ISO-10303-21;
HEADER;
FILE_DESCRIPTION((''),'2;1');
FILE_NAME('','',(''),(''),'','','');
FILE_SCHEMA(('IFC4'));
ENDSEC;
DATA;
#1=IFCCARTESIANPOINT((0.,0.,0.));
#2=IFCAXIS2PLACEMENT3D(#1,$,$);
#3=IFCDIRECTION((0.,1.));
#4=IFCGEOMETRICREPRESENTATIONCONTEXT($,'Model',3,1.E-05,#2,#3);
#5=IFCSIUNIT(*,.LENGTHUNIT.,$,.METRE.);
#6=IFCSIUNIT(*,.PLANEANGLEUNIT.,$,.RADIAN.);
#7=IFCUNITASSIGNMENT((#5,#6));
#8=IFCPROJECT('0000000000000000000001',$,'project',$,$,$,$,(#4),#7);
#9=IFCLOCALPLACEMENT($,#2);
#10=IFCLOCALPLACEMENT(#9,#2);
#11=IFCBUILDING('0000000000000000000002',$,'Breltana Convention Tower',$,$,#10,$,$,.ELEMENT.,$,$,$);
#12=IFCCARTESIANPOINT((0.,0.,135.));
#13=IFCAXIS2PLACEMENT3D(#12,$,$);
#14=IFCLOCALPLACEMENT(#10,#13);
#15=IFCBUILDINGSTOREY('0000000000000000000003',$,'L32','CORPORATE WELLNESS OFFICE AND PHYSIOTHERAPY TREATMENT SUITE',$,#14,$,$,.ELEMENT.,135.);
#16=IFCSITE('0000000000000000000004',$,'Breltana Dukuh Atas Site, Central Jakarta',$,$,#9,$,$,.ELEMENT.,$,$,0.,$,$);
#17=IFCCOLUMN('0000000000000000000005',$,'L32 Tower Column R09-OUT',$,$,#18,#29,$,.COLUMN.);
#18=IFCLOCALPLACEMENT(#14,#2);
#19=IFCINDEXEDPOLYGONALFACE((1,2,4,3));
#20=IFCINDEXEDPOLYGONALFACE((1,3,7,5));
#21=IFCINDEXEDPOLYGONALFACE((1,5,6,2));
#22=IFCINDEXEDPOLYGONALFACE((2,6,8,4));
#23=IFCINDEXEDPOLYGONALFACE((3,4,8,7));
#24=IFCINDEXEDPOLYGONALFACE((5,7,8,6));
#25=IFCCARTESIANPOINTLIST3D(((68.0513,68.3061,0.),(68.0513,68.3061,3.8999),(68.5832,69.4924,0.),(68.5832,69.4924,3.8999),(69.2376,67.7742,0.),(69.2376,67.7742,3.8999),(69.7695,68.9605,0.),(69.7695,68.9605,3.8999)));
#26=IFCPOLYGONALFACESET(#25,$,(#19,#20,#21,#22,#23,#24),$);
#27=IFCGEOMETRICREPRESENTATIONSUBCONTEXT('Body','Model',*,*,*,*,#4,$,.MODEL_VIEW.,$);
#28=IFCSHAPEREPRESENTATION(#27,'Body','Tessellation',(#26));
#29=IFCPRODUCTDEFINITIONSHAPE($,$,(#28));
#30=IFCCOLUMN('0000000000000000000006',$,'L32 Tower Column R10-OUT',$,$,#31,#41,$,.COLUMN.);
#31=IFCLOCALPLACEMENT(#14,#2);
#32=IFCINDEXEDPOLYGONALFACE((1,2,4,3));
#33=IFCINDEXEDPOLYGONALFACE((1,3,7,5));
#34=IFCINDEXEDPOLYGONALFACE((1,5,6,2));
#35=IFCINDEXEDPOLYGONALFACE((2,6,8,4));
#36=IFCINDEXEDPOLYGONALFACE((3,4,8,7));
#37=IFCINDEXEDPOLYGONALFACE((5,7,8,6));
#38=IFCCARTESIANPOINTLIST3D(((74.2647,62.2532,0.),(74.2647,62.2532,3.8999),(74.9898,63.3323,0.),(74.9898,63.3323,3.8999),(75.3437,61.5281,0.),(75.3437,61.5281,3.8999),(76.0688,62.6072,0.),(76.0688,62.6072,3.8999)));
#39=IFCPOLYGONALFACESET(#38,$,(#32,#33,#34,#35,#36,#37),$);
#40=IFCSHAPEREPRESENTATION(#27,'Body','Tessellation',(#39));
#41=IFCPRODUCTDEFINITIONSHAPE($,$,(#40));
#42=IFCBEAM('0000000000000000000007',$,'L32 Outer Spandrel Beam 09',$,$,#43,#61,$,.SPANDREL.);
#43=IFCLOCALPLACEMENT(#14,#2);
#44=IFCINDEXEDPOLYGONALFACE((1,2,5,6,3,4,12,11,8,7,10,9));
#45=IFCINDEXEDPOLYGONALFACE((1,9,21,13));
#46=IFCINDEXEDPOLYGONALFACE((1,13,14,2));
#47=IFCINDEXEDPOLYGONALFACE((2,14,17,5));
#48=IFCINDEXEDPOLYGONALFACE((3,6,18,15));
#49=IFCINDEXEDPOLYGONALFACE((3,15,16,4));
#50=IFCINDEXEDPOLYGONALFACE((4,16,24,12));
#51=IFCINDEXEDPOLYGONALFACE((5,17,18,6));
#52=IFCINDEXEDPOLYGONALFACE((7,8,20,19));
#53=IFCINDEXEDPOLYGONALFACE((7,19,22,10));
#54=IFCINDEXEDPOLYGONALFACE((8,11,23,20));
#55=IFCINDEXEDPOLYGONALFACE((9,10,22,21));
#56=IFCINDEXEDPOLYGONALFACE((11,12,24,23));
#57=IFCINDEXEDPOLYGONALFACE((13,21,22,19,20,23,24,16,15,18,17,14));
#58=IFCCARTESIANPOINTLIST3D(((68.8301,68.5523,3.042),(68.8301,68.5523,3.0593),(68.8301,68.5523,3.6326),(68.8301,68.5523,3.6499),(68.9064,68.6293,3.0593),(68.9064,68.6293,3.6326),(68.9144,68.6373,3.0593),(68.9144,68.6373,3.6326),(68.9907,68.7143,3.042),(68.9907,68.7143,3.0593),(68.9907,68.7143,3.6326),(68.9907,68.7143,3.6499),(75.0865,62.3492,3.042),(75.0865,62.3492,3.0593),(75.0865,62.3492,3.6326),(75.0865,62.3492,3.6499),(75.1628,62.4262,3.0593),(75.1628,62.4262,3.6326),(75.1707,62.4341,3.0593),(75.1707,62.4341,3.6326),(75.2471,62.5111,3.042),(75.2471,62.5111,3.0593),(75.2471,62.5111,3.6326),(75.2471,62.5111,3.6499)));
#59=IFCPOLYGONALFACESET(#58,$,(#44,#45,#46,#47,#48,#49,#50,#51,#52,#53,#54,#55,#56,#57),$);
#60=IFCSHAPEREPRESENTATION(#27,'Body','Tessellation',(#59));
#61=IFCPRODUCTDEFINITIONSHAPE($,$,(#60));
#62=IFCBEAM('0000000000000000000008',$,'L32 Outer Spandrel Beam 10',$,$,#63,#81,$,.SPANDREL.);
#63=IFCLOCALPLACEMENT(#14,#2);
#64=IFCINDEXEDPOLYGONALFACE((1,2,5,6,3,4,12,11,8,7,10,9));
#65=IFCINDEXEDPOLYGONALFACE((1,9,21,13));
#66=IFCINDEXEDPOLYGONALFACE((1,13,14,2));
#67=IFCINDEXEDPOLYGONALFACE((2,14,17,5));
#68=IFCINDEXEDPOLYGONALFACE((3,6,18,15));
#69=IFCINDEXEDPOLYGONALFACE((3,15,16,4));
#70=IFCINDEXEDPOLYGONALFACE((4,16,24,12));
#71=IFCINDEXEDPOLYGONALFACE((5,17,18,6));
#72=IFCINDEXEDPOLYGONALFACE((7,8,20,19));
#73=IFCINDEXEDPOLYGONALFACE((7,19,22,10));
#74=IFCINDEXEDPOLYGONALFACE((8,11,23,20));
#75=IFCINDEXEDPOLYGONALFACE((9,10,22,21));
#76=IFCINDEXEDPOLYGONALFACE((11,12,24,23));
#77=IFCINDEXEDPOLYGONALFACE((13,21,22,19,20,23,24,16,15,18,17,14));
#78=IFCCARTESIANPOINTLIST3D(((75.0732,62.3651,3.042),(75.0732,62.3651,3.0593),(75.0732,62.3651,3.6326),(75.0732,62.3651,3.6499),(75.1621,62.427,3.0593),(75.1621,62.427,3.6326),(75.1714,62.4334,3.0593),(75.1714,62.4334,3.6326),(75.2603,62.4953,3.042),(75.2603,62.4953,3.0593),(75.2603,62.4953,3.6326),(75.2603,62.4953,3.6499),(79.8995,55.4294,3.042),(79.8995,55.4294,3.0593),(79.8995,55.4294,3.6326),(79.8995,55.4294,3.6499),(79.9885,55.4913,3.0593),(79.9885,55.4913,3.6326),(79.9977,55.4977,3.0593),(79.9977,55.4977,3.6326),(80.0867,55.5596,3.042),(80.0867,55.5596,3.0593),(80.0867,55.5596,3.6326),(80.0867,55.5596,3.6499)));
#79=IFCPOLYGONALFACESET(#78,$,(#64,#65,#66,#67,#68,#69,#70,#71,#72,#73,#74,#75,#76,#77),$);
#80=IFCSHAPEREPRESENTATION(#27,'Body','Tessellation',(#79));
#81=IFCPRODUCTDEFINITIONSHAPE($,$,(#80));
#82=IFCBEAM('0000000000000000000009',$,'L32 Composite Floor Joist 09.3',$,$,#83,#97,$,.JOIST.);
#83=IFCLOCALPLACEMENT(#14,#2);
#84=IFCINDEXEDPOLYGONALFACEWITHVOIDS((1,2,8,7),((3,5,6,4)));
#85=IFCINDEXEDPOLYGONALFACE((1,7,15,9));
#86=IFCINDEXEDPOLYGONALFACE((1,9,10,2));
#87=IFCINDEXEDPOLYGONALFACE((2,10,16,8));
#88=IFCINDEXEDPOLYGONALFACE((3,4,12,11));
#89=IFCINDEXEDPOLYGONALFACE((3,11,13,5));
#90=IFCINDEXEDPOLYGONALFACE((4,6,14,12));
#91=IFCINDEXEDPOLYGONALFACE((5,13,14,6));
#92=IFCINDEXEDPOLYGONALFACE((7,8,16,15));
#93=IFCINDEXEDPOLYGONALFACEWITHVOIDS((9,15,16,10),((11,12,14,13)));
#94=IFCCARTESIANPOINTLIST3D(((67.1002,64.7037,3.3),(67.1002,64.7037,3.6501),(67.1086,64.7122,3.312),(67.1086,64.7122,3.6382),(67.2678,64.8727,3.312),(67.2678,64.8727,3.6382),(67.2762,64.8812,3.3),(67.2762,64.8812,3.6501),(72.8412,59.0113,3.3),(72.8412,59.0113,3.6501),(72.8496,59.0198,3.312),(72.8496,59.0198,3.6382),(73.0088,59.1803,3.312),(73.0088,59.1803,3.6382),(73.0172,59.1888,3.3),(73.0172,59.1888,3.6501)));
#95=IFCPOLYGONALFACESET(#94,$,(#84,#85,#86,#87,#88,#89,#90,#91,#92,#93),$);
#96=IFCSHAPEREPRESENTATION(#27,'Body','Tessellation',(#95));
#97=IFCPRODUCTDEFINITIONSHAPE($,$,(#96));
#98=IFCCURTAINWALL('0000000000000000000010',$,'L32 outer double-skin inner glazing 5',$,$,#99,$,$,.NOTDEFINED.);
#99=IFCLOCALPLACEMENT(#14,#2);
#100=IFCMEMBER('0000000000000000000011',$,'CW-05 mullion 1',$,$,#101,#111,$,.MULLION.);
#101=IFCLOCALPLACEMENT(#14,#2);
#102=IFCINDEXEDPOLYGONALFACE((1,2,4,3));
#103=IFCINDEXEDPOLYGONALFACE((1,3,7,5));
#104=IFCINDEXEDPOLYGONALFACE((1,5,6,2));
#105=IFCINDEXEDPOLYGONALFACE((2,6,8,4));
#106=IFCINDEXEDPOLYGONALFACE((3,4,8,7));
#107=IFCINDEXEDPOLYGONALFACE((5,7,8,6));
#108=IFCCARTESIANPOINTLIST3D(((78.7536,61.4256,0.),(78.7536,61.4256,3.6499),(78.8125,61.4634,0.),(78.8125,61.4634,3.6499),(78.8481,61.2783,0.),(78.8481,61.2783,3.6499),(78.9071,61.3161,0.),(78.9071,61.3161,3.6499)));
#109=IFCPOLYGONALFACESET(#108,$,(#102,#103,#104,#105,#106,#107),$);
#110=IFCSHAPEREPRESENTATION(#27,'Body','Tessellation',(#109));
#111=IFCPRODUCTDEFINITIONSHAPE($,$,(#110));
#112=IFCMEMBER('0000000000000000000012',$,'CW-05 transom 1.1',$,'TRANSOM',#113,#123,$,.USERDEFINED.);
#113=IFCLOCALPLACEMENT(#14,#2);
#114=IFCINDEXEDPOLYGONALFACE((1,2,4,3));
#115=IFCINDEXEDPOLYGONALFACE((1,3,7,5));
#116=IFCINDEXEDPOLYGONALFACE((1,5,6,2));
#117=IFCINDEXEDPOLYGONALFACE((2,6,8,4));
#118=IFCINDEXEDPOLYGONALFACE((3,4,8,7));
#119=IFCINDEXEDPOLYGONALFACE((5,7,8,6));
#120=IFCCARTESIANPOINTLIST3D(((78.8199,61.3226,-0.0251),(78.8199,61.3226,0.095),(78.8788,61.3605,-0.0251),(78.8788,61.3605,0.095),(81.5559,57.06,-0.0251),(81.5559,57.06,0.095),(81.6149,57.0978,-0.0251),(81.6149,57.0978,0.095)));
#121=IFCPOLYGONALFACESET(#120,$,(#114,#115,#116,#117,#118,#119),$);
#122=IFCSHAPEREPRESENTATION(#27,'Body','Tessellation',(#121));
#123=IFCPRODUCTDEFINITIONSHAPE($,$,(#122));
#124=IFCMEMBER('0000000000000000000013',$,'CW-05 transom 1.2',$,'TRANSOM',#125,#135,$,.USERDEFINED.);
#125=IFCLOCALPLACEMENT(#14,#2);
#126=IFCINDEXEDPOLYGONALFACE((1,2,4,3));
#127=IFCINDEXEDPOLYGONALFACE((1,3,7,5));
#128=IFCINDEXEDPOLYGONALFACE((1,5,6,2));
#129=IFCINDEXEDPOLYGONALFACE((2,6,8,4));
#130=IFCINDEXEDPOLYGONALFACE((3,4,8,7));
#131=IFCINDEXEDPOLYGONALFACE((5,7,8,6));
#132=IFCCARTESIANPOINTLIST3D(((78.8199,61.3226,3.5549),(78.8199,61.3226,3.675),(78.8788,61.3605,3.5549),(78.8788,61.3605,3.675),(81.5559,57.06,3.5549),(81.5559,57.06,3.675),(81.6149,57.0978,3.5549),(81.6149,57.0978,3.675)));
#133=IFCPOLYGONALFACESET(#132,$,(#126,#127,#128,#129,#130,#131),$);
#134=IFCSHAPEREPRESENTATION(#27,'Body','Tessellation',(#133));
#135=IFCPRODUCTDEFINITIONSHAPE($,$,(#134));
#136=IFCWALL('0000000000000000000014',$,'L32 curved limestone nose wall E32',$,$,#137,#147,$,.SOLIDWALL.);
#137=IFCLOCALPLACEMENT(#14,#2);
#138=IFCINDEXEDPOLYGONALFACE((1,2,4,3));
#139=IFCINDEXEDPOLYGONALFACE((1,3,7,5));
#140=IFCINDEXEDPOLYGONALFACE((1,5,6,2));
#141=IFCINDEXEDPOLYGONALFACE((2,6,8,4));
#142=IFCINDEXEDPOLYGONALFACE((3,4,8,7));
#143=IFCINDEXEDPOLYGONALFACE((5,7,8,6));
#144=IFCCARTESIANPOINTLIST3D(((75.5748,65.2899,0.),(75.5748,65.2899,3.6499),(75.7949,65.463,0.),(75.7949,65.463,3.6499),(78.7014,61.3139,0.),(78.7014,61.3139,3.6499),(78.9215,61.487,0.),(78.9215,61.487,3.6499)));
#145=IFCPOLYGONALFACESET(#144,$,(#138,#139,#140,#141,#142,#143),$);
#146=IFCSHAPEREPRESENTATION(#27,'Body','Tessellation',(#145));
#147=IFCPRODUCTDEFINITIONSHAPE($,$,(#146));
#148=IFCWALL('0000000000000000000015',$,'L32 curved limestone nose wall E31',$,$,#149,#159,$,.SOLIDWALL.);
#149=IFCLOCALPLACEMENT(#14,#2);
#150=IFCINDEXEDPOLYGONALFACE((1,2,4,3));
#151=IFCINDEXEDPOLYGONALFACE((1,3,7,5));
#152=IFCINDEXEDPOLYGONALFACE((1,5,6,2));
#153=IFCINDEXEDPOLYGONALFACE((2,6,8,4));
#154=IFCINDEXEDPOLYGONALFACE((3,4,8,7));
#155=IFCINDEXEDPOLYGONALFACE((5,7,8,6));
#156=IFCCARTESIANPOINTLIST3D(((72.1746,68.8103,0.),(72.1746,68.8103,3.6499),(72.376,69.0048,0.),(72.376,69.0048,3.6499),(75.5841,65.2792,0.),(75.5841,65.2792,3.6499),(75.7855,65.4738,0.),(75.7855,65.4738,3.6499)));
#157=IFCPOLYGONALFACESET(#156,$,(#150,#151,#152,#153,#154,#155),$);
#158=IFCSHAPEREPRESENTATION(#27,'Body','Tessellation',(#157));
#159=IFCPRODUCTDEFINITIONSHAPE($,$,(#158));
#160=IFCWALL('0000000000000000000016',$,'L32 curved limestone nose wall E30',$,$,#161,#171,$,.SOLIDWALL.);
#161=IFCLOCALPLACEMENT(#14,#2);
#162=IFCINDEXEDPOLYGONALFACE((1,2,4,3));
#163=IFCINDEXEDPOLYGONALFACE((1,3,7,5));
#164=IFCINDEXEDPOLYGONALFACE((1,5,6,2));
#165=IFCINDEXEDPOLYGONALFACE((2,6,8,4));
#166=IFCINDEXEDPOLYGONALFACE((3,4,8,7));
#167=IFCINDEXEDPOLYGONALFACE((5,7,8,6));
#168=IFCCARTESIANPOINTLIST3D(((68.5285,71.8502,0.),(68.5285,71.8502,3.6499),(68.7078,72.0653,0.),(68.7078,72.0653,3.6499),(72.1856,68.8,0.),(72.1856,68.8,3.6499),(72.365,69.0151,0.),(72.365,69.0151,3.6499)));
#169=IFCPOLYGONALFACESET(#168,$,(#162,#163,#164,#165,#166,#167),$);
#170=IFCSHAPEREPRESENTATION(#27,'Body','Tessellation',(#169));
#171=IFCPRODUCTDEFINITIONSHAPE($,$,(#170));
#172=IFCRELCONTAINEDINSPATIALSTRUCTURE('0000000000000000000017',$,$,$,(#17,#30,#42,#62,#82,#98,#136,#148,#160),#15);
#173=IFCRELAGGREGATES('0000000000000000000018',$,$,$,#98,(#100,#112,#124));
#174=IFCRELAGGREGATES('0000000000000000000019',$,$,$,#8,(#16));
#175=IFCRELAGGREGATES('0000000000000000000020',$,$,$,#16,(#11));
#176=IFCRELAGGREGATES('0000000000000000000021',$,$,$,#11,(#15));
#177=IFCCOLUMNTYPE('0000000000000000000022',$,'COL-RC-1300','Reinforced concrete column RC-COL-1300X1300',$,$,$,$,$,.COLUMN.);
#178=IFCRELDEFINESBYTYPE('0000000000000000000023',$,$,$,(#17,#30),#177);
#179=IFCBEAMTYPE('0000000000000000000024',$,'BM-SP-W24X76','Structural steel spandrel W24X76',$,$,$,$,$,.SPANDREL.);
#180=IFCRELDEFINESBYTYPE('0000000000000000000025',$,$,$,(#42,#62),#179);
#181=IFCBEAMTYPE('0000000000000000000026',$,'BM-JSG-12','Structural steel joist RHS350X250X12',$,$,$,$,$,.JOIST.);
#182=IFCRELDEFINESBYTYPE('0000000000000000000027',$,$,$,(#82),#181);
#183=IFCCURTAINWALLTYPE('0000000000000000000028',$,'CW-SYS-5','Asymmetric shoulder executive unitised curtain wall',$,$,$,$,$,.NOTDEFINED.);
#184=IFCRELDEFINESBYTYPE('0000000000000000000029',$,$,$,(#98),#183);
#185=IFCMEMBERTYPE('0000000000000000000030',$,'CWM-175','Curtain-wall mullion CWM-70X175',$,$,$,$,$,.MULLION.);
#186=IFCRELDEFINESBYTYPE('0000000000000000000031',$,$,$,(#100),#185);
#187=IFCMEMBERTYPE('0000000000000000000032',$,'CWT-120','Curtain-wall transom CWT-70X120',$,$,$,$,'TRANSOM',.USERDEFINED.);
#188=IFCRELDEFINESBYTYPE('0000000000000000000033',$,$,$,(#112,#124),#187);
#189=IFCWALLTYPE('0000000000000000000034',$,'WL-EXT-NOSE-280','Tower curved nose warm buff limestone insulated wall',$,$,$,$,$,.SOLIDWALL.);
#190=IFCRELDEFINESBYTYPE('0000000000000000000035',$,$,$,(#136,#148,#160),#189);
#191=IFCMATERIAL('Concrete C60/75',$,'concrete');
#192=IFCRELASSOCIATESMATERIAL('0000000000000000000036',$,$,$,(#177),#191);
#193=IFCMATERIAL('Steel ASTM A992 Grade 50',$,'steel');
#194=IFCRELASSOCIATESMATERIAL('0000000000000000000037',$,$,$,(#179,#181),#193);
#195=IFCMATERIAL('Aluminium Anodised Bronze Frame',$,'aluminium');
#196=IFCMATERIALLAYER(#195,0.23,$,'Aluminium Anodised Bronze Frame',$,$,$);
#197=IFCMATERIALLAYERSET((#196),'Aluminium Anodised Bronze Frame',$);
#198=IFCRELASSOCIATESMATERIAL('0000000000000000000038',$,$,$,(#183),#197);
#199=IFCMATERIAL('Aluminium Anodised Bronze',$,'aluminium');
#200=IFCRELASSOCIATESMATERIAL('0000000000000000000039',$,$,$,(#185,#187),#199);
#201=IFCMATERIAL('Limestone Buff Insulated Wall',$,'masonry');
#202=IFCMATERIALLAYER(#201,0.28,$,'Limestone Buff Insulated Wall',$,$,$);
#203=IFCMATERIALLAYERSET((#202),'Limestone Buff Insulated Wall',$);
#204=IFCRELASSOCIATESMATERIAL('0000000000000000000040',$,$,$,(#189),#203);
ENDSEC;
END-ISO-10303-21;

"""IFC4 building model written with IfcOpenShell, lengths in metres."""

from ifc_helpers import new_model, si_unit, direction, frame, frame_2d, origin, origin_2d, place, context, subcontext, project, spatial, rectangle, hollow_rectangle, i_section, extrude, source, transform, mapped, material, layer, layer_set, material_profile, profile_set, type_object, element, aggregate, save


model = new_model("IFC4")

# Units and contexts
model_context = context("Model", 3, precision=1e-05, world=origin(), true_north=direction((0.0, 1.0)))
body_context = subcontext(model_context, "Body", "Model", "MODEL_VIEW")
ifc_project = project(units=[si_unit("LENGTHUNIT", "METRE"), si_unit("PLANEANGLEUNIT", "RADIAN")], contexts=[model_context])

# Site, building, storey
site_placement = place(None, origin())
site = spatial("IfcSite", under=ifc_project, at=site_placement, Name="Breltana Dukuh Atas Site, Central Jakarta", CompositionType="ELEMENT", RefElevation=0.0)
building_placement = place(site_placement, origin())
building = spatial("IfcBuilding", under=site, at=building_placement, Name="Breltana Convention Tower", CompositionType="ELEMENT")
storey_placement = place(building_placement, frame((0.0, 0.0, 135.0)))
storey = spatial("IfcBuildingStorey", under=building, at=storey_placement, Name="L32", Description="CORPORATE WELLNESS OFFICE AND PHYSIOTHERAPY TREATMENT SUITE", CompositionType="ELEMENT", Elevation=135.0)

# Columns
ifc_material_1 = material(Name="Concrete C60/75", Category="concrete")
ifc_material_profile_1 = material_profile(ifc_material_1, rectangle(XDim=1.3, YDim=1.3, at=origin_2d()), Name="RC-COL-1300X1300")
ifc_profile_set_1 = profile_set([ifc_material_profile_1], Name="Concrete C60/75")
column_type = type_object("IfcColumnType", Name="COL-RC-1300", Description="Reinforced concrete column RC-COL-1300X1300", PredefinedType="COLUMN", material=ifc_profile_set_1)
shared_shape_1 = source(origin(), body_context, "Body", "SweptSolid", [
    extrude(rectangle(XDim=1.3, YDim=1.3, at=origin_2d()), origin(), (0.0, 0.0, 1.0), 3.8999),
])
for number, where, z_axis, x_axis, name in (
    (1, (68.9104, 68.6333, 0.0), (0.0, 0.0, 1.0), (0.409127, 0.912477, 0.0), "L32 Tower Column R09-OUT"),
    (2, (75.1667, 62.4302, 0.0), (0.0, 0.0, 1.0), (0.557745, 0.830012, 0.0), "L32 Tower Column R10-OUT"),
):
    element("IfcColumn", number, at=place(storey_placement, frame(where, z_axis=z_axis, x_axis=x_axis)), inside=storey, type_object=column_type, Name=name, PredefinedType="COLUMN", context=body_context, shape_type="MappedRepresentation", body=[
        mapped(shared_shape_1, transform((0.0, 0.0, 0.0), scale=1.0)),
    ])

# Beams
ifc_material_2 = material(Name="Steel ASTM A992 Grade 50", Category="steel")
ifc_material_profile_2 = material_profile(ifc_material_2, i_section(OverallWidth=0.228, OverallDepth=0.6079, WebThickness=0.0112, FlangeThickness=0.0173, at=origin_2d()), Name="W24X76")
ifc_profile_set_2 = profile_set([ifc_material_profile_2], Name="Steel ASTM A992 Grade 50")
beam_type_1 = type_object("IfcBeamType", Name="BM-SP-W24X76", Description="Structural steel spandrel W24X76", PredefinedType="SPANDREL", material=ifc_profile_set_2)
shared_shape_2 = source(origin(), body_context, "Body", "SweptSolid", [
    extrude(i_section(OverallWidth=0.228, OverallDepth=0.6079, WebThickness=0.0112, FlangeThickness=0.0173, at=origin_2d()), origin(), (0.0, 0.0, 1.0), 8.8103),
])
beam_1_placement = place(storey_placement, frame((68.9104, 68.6333, 3.3459), z_axis=(0.710121, -0.70408, 0.0), x_axis=(0.70408, 0.710121, 0.0)))
element("IfcBeam", 3, at=beam_1_placement, inside=storey, type_object=beam_type_1, Name="L32 Outer Spandrel Beam 09", PredefinedType="SPANDREL", context=body_context, shape_type="MappedRepresentation", body=[
    mapped(shared_shape_2, transform((0.0, 0.0, 0.0), scale=1.0)),
])
shared_shape_3 = source(origin(), body_context, "Body", "SweptSolid", [
    extrude(i_section(OverallWidth=0.228, OverallDepth=0.6079, WebThickness=0.0112, FlangeThickness=0.0173, at=origin_2d()), origin(), (0.0, 0.0, 1.0), 8.4497),
])
beam_2_placement = place(storey_placement, frame((75.1667, 62.4302, 3.3459), z_axis=(0.571186, -0.820821, 0.0), x_axis=(0.820821, 0.571186, 0.0)))
element("IfcBeam", 4, at=beam_2_placement, inside=storey, type_object=beam_type_1, Name="L32 Outer Spandrel Beam 10", PredefinedType="SPANDREL", context=body_context, shape_type="MappedRepresentation", body=[
    mapped(shared_shape_3, transform((0.0, 0.0, 0.0), scale=1.0)),
])
ifc_material_profile_3 = material_profile(ifc_material_2, hollow_rectangle(XDim=0.25, YDim=0.3501, WallThickness=0.012, at=origin_2d()), Name="RHS350X250X12")
ifc_profile_set_3 = profile_set([ifc_material_profile_3], Name="Steel ASTM A992 Grade 50")
beam_type_2 = type_object("IfcBeamType", Name="BM-JSG-12", Description="Structural steel joist RHS350X250X12", PredefinedType="JOIST", material=ifc_profile_set_3)
shared_shape_4 = source(origin(), body_context, "Body", "SweptSolid", [
    extrude(hollow_rectangle(XDim=0.25, YDim=0.3501, WallThickness=0.012, at=origin_2d()), origin(), (0.0, 0.0, 1.0), 8.0847),
])
beam_3_placement = place(storey_placement, frame((67.1882, 64.7925, 3.4751), z_axis=(0.710105, -0.704096, 0.0), x_axis=(0.704096, 0.710105, 0.0)))
element("IfcBeam", 5, at=beam_3_placement, inside=storey, type_object=beam_type_2, Name="L32 Composite Floor Joist 09.3", PredefinedType="JOIST", context=body_context, shape_type="MappedRepresentation", body=[
    mapped(shared_shape_4, transform((0.0, 0.0, 0.0), scale=1.0)),
])

# Curtain wall, members
ifc_material_3 = material(Name="Aluminium Anodised Bronze Frame", Category="aluminium")
ifc_layer_1 = layer(ifc_material_3, 0.23, Name="Aluminium Anodised Bronze Frame")
ifc_layer_set_1 = layer_set([ifc_layer_1], Name="Aluminium Anodised Bronze Frame")
curtain_wall_type = type_object("IfcCurtainWallType", Name="CW-SYS-5", Description="Asymmetric shoulder executive unitised curtain wall", PredefinedType="NOTDEFINED", material=ifc_layer_set_1)
curtain_wall_placement = place(storey_placement, origin())
curtain_wall = element("IfcCurtainWall", 6, at=curtain_wall_placement, inside=storey, type_object=curtain_wall_type, Name="L32 outer double-skin inner glazing 5", PredefinedType="NOTDEFINED")
ifc_material_4 = material(Name="Aluminium Anodised Bronze", Category="aluminium")
ifc_material_profile_4 = material_profile(ifc_material_4, rectangle(XDim=0.0701, YDim=0.175, at=origin_2d()), Name="CWM-70X175")
ifc_profile_set_4 = profile_set([ifc_material_profile_4], Name="Aluminium Anodised Bronze")
member_type_1 = type_object("IfcMemberType", Name="CWM-175", Description="Curtain-wall mullion CWM-70X175", PredefinedType="MULLION", material=ifc_profile_set_4)
shared_shape_5 = source(origin(), body_context, "Body", "SweptSolid", [
    extrude(rectangle(XDim=0.0701, YDim=0.175, at=origin_2d()), origin(), (0.0, 0.0, 1.0), 3.6499),
])
member_1_placement = place(storey_placement, frame((78.8303, 61.3708, 0.0), z_axis=(0.0, 0.0, 1.0), x_axis=(0.841552, 0.540177, 0.0)))
member_1 = element("IfcMember", 7, at=member_1_placement, type_object=member_type_1, Name="CW-05 mullion 1", PredefinedType="MULLION", context=body_context, shape_type="MappedRepresentation", body=[
    mapped(shared_shape_5, transform((0.0, 0.0, 0.0), scale=1.0)),
])
ifc_material_profile_5 = material_profile(ifc_material_4, rectangle(XDim=0.0701, YDim=0.1201, at=origin_2d()), Name="CWT-70X120")
ifc_profile_set_5 = profile_set([ifc_material_profile_5], Name="Aluminium Anodised Bronze")
member_type_2 = type_object("IfcMemberType", Name="CWT-120", Description="Curtain-wall transom CWT-70X120", ElementType="TRANSOM", PredefinedType="USERDEFINED", material=ifc_profile_set_5)
shared_shape_6 = source(origin(), body_context, "Body", "SweptSolid", [
    extrude(rectangle(XDim=0.0701, YDim=0.1201, at=origin_2d()), origin(), (0.0, 0.0, 1.0), 5.0652),
])
member_2_placement = place(storey_placement, frame((78.8494, 61.3416, 0.0349), z_axis=(0.540168, -0.841557, 0.0), x_axis=(0.841557, 0.540168, 0.0)))
member_2 = element("IfcMember", 8, at=member_2_placement, type_object=member_type_2, Name="CW-05 transom 1.1", ObjectType="TRANSOM", PredefinedType="USERDEFINED", context=body_context, shape_type="MappedRepresentation", body=[
    mapped(shared_shape_6, transform((0.0, 0.0, 0.0), scale=1.0)),
])
member_3_placement = place(storey_placement, frame((78.8494, 61.3416, 3.615), z_axis=(0.540168, -0.841557, 0.0), x_axis=(0.841557, 0.540168, 0.0)))
member_3 = element("IfcMember", 9, at=member_3_placement, type_object=member_type_2, Name="CW-05 transom 1.2", ObjectType="TRANSOM", PredefinedType="USERDEFINED", context=body_context, shape_type="MappedRepresentation", body=[
    mapped(shared_shape_6, transform((0.0, 0.0, 0.0), scale=1.0)),
])
aggregate(curtain_wall, [member_1, member_2, member_3])

# Walls
ifc_material_5 = material(Name="Limestone Buff Insulated Wall", Category="masonry")
ifc_layer_2 = layer(ifc_material_5, 0.28, Name="Limestone Buff Insulated Wall")
ifc_layer_set_2 = layer_set([ifc_layer_2], Name="Limestone Buff Insulated Wall")
wall_type_1 = type_object("IfcWallType", Name="WL-EXT-NOSE-280", Description="Tower curved nose warm buff limestone insulated wall", PredefinedType="SOLIDWALL", material=ifc_layer_set_2)
shared_shape_7 = source(origin(), body_context, "Body", "SweptSolid", [
    extrude(rectangle(XDim=5.0581, YDim=0.28, at=frame_2d((2.5291, 0.0))), origin(), (0.0, 0.0, 1.0), 3.6499),
])
wall_1_placement = place(storey_placement, frame((75.6848, 65.3765, 0.0), z_axis=(0.0, 0.0, 1.0), x_axis=(0.618146, -0.786064, 0.0)))
element("IfcWall", 10, at=wall_1_placement, inside=storey, type_object=wall_type_1, Name="L32 curved limestone nose wall E32", PredefinedType="SOLIDWALL", context=body_context, shape_type="MappedRepresentation", body=[
    mapped(shared_shape_7, transform((0.0, 0.0, 0.0), scale=1.0)),
])
shared_shape_8 = source(origin(), body_context, "Body", "SweptSolid", [
    extrude(rectangle(XDim=4.9084, YDim=0.28, at=frame_2d((2.4541, 0.0))), origin(), (0.0, 0.0, 1.0), 3.6499),
])
wall_2_placement = place(storey_placement, frame((72.2754, 68.9075, 0.0), z_axis=(0.0, 0.0, 1.0), x_axis=(0.694613, -0.719383, 0.0)))
element("IfcWall", 11, at=wall_2_placement, inside=storey, type_object=wall_type_1, Name="L32 curved limestone nose wall E31", PredefinedType="SOLIDWALL", context=body_context, shape_type="MappedRepresentation", body=[
    mapped(shared_shape_8, transform((0.0, 0.0, 0.0), scale=1.0)),
])
shared_shape_9 = source(origin(), body_context, "Body", "SweptSolid", [
    extrude(rectangle(XDim=4.7622, YDim=0.28, at=frame_2d((2.3811, 0.0))), origin(), (0.0, 0.0, 1.0), 3.6499),
])
wall_3_placement = place(storey_placement, frame((68.6182, 71.9578, 0.0), z_axis=(0.0, 0.0, 1.0), x_axis=(0.767952, -0.640507, 0.0)))
element("IfcWall", 12, at=wall_3_placement, inside=storey, type_object=wall_type_1, Name="L32 curved limestone nose wall E30", PredefinedType="SOLIDWALL", context=body_context, shape_type="MappedRepresentation", body=[
    mapped(shared_shape_9, transform((0.0, 0.0, 0.0), scale=1.0)),
])

save(model, "model.ifc")
